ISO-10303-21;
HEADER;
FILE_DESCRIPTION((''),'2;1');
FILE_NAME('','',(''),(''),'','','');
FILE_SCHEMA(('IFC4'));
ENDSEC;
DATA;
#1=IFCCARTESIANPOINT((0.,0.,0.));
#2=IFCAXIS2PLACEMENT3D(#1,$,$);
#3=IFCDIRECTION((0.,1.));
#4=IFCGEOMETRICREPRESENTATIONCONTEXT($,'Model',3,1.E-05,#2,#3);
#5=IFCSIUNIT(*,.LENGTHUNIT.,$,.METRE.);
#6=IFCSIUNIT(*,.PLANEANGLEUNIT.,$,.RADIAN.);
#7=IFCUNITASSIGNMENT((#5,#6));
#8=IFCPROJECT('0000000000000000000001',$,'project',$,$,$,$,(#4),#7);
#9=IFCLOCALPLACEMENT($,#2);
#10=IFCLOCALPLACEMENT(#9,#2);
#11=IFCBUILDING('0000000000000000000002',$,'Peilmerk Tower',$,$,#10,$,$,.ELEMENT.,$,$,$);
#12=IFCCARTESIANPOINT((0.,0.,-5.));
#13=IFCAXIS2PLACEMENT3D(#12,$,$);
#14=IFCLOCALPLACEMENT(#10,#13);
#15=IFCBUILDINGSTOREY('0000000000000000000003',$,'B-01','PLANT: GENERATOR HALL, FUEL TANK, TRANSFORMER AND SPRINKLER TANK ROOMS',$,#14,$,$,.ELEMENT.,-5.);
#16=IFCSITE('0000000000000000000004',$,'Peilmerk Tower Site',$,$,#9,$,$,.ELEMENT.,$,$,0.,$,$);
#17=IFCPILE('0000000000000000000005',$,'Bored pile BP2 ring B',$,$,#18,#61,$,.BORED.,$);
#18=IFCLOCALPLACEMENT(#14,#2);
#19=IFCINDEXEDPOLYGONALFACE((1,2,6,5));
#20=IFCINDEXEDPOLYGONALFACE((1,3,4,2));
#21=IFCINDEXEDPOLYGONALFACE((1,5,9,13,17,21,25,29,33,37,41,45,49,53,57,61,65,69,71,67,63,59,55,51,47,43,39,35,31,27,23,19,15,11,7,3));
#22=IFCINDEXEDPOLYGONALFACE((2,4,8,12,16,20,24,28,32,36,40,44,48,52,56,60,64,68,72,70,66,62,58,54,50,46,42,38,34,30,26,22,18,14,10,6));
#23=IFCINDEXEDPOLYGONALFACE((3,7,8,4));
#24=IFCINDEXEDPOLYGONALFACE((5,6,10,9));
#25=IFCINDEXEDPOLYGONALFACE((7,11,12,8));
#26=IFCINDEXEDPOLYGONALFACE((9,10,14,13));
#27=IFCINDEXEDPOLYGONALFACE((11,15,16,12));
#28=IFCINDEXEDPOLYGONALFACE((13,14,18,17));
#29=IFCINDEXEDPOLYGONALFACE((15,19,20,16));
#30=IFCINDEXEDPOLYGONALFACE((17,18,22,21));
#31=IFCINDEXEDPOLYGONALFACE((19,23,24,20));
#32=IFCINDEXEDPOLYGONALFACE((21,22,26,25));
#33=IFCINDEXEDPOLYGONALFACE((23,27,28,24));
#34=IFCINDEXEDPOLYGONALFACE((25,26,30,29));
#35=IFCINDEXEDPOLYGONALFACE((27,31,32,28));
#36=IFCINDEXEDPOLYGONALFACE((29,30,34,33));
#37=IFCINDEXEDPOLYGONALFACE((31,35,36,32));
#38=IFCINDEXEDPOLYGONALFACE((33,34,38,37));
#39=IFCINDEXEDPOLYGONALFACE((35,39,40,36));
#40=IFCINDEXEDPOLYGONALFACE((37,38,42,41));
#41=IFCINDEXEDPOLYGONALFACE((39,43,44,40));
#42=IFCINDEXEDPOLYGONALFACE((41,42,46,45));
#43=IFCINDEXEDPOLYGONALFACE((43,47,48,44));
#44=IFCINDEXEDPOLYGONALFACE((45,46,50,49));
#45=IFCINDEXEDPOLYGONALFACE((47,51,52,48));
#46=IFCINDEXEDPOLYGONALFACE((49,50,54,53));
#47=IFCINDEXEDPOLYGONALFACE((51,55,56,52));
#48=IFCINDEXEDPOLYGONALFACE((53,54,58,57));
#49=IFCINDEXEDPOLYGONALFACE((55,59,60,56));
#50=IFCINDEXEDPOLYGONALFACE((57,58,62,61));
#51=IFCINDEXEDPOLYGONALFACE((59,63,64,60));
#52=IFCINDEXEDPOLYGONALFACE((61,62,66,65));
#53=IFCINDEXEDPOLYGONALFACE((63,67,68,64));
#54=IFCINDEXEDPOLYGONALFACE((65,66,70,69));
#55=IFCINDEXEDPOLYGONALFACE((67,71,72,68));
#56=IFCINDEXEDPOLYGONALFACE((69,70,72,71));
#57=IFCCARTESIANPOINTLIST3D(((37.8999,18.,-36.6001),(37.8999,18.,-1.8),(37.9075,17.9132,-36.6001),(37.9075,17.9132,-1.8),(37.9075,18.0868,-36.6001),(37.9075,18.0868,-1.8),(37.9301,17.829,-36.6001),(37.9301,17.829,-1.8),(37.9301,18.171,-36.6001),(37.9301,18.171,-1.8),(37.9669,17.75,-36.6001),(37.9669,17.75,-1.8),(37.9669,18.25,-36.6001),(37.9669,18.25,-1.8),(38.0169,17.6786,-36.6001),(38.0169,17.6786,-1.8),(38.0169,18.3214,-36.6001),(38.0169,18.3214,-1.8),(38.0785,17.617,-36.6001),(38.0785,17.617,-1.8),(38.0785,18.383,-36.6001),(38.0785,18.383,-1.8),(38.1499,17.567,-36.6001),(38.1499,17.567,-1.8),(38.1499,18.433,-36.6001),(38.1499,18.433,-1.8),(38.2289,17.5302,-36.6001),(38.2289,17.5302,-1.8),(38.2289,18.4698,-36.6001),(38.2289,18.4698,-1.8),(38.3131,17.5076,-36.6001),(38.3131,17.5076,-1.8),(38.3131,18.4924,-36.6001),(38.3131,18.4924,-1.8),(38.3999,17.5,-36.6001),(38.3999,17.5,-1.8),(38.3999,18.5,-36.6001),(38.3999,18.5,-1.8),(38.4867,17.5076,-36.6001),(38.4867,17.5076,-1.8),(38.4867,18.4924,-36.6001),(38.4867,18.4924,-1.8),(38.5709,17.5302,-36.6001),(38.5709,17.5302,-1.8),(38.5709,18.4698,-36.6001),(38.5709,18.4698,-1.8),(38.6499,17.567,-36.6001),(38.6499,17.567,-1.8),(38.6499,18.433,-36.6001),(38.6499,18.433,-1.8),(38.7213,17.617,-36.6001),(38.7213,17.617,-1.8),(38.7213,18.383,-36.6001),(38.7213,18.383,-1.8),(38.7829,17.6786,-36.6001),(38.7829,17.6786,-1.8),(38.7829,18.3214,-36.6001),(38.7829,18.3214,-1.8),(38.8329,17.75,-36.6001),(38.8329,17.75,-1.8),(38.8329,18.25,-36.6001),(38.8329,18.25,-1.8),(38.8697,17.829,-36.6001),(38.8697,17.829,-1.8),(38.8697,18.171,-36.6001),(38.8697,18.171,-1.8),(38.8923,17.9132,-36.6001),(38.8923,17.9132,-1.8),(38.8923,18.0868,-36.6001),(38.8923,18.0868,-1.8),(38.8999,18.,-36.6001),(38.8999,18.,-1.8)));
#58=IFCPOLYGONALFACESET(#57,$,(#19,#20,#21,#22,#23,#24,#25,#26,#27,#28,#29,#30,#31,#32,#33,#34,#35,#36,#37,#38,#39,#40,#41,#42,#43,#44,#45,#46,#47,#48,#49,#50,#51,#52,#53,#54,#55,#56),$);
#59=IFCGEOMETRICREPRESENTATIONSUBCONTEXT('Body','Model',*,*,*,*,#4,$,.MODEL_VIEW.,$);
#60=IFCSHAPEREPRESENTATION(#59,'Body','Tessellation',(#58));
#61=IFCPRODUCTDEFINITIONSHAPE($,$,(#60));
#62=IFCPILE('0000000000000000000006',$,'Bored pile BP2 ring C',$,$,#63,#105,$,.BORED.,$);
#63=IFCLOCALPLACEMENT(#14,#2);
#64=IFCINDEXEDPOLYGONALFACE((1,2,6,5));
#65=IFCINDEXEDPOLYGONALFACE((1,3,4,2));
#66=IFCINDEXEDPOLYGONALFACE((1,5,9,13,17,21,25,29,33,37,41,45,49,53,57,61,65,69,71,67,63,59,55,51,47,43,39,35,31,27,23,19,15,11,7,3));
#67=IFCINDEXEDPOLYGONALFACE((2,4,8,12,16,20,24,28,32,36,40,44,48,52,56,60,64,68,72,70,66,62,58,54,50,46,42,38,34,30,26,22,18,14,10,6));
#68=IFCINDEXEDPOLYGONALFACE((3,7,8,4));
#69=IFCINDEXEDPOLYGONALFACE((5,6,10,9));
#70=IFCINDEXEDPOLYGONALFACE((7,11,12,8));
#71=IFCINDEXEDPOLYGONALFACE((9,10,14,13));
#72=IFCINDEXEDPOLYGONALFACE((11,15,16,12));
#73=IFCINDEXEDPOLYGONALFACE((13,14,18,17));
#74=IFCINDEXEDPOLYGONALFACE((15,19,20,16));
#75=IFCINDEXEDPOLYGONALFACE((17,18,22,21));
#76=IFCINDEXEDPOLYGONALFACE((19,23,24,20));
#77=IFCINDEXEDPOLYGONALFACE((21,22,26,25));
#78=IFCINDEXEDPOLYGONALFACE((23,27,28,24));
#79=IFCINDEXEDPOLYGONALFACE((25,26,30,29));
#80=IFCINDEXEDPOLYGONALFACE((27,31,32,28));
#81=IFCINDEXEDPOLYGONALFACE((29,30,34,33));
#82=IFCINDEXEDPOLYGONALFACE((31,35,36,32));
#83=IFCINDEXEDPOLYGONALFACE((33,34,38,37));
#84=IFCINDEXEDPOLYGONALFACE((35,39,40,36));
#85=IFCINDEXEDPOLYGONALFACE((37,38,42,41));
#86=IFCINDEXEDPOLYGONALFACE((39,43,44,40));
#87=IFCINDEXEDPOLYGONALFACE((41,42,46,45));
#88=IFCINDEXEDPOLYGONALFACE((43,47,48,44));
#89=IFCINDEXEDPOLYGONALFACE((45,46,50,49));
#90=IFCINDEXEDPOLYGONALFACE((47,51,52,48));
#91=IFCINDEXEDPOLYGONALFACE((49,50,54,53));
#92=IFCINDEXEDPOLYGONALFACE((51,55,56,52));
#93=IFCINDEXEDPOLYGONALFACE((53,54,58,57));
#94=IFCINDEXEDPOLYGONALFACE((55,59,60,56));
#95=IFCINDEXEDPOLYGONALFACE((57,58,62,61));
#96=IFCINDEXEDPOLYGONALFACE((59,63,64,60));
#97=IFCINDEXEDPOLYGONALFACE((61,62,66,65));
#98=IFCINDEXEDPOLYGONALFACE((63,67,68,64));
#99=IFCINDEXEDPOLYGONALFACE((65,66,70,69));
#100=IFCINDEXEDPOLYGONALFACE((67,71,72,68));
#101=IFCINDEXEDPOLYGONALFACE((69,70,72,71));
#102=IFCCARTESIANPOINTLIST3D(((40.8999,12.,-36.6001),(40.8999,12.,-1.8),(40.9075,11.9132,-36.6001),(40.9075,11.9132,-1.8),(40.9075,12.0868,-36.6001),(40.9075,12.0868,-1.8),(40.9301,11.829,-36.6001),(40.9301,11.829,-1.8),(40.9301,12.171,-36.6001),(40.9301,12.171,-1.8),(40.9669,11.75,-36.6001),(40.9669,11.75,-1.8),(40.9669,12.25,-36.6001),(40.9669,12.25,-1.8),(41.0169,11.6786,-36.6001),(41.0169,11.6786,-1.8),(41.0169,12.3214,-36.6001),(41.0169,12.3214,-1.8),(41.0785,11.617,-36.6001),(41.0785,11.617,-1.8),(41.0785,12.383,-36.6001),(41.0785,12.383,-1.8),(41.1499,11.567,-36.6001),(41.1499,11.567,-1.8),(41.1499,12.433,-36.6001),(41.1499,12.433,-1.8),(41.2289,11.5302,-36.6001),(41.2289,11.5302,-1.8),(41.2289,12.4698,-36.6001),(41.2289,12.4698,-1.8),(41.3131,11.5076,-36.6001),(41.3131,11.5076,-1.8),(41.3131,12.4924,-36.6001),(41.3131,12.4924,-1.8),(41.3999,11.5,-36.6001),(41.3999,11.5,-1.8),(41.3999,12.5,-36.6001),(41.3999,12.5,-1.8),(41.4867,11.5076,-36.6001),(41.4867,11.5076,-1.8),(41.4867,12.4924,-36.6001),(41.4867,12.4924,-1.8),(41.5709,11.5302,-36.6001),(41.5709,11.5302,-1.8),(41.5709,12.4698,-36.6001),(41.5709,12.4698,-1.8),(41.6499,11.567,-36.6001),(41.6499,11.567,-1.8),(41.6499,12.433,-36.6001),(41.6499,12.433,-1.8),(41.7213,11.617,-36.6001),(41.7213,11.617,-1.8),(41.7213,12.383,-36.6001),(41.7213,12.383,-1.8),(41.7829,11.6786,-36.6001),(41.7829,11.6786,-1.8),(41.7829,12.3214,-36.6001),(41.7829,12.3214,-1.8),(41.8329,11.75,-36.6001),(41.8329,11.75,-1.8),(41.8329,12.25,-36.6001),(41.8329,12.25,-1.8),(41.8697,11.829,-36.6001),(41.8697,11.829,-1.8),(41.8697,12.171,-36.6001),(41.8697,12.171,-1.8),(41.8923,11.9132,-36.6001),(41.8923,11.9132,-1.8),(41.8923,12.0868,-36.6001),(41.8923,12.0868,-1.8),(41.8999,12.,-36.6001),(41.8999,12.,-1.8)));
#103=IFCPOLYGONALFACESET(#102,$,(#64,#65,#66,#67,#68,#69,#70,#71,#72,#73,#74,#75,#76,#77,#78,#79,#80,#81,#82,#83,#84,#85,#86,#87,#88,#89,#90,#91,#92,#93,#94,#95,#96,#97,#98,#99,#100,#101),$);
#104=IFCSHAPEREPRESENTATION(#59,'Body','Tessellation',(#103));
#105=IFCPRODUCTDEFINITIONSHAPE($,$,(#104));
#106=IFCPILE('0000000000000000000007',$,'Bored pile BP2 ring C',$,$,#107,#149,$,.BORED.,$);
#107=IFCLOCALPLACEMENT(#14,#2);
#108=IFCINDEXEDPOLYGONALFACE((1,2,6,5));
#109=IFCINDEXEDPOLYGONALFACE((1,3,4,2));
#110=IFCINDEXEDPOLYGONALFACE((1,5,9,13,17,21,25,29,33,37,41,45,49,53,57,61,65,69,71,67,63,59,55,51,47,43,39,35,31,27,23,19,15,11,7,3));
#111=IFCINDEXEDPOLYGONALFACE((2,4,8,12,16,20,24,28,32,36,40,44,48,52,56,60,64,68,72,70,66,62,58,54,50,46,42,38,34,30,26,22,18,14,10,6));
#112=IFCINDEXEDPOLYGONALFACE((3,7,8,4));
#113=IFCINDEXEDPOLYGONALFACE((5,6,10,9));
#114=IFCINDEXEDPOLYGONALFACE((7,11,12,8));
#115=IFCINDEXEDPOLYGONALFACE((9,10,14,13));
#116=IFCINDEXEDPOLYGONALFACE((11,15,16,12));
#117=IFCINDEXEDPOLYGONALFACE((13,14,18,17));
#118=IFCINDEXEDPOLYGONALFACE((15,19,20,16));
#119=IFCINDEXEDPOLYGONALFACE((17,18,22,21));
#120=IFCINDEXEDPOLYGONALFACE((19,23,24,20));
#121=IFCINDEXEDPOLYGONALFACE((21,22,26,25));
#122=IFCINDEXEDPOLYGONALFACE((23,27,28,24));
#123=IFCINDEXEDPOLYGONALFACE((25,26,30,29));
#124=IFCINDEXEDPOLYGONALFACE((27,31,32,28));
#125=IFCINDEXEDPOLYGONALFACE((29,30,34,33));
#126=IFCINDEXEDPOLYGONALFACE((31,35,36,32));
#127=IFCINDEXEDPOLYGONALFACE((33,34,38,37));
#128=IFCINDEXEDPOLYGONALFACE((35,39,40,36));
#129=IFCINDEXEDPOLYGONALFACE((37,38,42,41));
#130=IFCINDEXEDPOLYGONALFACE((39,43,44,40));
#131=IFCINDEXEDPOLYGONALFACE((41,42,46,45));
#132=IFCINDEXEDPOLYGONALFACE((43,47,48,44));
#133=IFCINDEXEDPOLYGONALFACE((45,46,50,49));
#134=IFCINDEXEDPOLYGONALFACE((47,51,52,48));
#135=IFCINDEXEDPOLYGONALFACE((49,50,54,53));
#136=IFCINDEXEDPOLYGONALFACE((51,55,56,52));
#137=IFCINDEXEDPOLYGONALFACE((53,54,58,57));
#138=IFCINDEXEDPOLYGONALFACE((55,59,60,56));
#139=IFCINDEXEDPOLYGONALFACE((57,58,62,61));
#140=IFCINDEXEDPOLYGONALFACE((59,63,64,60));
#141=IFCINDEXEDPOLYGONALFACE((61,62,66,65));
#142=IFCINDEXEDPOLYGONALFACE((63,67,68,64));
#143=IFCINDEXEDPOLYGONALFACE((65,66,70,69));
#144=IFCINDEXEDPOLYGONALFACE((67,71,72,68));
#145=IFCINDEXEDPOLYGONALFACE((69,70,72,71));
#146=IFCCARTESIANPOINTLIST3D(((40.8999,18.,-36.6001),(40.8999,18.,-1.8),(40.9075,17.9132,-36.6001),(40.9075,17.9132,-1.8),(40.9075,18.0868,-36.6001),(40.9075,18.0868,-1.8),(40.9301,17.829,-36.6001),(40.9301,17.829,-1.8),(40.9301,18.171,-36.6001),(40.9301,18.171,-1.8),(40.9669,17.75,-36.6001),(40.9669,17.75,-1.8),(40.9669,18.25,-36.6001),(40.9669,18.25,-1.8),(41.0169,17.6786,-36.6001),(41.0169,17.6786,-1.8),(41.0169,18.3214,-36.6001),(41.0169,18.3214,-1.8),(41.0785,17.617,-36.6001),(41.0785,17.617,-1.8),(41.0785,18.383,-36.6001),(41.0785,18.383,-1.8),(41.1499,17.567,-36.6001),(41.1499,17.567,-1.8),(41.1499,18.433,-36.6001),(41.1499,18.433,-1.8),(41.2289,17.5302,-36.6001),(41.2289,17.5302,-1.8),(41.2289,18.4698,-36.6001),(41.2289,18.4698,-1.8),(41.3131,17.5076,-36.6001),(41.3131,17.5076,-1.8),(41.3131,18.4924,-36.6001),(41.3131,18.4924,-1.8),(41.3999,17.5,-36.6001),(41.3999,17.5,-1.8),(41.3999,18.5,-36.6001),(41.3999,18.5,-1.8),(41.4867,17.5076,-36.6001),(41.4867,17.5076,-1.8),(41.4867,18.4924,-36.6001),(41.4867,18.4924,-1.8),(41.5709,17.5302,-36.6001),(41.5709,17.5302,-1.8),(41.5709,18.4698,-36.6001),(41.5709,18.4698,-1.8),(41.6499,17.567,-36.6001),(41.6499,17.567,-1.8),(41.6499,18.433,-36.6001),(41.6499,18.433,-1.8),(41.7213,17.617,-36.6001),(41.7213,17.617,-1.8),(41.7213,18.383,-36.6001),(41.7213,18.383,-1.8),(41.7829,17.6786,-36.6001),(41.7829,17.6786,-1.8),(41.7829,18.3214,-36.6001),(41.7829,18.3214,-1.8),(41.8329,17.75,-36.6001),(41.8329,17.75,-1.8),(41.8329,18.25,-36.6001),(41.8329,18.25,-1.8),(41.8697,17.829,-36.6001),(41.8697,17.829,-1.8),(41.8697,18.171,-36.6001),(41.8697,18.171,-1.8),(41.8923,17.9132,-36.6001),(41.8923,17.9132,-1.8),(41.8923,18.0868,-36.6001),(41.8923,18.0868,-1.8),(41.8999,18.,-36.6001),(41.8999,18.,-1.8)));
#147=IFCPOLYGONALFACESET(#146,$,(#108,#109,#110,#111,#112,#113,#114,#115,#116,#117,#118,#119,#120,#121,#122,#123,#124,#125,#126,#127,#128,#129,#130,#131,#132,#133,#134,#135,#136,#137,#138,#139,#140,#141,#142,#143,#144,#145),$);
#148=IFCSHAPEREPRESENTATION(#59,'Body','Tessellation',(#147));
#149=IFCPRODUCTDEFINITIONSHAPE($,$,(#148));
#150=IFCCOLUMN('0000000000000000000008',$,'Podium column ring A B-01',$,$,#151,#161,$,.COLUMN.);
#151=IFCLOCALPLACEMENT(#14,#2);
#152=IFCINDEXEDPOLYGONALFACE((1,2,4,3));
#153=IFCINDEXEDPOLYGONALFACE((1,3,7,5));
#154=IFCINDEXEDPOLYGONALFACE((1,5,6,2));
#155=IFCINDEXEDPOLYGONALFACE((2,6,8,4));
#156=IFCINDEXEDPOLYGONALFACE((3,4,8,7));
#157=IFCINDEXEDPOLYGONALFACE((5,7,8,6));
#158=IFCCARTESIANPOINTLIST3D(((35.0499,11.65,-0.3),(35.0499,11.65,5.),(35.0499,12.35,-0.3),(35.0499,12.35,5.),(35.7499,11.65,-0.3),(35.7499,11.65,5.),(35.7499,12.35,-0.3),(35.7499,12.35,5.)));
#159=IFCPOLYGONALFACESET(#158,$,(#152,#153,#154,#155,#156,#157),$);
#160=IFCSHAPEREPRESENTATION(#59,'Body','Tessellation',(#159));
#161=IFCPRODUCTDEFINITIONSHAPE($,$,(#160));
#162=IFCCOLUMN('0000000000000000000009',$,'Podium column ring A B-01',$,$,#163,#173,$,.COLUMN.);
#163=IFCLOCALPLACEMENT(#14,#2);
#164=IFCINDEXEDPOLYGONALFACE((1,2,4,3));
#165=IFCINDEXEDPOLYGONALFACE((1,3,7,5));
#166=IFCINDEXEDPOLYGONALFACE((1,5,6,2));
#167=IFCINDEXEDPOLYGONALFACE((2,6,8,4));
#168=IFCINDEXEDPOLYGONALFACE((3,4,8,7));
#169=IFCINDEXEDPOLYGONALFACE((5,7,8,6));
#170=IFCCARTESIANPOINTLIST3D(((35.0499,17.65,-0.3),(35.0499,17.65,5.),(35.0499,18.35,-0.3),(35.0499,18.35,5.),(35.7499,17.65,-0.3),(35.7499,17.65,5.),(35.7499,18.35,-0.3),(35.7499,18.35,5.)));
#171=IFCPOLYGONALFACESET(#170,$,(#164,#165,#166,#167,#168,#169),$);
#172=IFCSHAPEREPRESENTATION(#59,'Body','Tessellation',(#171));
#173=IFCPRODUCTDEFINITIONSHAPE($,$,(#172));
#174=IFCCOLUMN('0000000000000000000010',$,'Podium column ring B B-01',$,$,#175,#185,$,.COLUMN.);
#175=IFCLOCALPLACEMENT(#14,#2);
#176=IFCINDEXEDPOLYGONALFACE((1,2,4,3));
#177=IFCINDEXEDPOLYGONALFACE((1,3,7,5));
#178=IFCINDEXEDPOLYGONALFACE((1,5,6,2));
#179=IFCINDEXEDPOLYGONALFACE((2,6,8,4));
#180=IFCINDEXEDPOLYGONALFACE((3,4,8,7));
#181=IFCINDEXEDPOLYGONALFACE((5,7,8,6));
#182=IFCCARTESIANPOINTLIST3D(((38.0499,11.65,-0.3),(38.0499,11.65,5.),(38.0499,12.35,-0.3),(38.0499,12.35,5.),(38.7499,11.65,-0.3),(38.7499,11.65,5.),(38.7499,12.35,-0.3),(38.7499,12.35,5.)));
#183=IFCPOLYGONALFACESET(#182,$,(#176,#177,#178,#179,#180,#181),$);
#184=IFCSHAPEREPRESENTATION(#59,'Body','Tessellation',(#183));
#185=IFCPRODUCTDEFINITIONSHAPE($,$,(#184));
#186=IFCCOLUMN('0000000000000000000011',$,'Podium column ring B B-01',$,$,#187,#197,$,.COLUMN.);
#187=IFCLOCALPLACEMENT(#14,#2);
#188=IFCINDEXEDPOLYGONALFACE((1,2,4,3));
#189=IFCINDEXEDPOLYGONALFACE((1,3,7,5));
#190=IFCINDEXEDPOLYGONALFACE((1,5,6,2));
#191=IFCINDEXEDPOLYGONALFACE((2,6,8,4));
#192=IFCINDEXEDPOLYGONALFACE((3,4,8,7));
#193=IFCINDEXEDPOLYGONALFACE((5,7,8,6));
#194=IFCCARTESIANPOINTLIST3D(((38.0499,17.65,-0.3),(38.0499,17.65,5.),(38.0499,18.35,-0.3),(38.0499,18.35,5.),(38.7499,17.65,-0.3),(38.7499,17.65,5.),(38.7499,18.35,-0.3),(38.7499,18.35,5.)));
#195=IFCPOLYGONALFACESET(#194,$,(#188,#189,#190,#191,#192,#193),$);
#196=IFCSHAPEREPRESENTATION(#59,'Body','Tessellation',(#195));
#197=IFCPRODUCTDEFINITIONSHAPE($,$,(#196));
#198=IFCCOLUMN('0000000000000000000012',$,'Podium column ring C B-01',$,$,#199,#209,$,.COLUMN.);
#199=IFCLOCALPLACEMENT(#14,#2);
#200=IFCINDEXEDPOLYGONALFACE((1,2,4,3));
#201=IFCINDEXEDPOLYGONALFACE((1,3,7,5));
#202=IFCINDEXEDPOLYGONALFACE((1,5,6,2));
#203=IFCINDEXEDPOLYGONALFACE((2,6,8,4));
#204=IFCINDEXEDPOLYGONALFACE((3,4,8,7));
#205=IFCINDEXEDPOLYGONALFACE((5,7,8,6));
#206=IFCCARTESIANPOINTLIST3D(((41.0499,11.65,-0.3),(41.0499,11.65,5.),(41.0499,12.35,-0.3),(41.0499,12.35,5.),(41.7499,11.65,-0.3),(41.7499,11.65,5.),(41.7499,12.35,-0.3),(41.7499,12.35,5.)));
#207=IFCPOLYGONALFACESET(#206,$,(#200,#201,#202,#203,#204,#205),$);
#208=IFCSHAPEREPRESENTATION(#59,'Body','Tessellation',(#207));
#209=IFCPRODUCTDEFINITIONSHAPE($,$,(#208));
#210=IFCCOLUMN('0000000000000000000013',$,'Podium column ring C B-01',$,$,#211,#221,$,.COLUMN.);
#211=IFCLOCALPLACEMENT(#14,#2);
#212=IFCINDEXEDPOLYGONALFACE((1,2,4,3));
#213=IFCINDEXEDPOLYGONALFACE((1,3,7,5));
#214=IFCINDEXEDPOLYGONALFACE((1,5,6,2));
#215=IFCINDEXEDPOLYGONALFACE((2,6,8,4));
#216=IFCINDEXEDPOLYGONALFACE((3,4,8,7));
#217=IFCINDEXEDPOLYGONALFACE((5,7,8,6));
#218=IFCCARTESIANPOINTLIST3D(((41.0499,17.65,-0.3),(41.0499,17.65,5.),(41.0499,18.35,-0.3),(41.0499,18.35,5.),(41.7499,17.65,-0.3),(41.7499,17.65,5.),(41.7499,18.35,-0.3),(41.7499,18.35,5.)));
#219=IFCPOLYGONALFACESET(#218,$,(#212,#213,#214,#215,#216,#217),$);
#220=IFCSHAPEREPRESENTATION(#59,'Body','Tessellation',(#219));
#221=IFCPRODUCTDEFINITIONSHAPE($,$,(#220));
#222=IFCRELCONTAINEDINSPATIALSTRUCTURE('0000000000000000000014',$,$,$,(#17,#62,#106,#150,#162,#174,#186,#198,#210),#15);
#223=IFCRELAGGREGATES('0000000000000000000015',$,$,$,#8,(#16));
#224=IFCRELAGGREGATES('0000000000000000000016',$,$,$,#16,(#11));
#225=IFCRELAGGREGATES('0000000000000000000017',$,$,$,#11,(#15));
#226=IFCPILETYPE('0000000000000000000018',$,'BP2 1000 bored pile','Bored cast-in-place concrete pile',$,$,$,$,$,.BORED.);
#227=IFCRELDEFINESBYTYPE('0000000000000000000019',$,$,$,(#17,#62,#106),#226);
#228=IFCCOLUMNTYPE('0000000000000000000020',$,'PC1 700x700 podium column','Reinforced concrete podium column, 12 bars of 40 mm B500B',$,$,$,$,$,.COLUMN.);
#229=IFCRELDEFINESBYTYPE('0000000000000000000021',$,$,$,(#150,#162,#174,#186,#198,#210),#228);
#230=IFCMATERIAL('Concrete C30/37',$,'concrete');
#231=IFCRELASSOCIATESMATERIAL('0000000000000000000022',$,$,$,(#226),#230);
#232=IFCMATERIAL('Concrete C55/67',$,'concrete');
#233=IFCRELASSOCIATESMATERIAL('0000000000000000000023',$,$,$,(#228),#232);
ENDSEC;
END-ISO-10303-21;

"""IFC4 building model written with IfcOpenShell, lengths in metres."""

from ifc_helpers import new_model, si_unit, direction, frame, origin, origin_2d, place, context, subcontext, project, spatial, rectangle, circle, extrude, material, material_profile, profile_set, type_object, element, save


model = new_model("IFC4")

# Units and contexts
model_context = context("Model", 3, precision=1e-05, world=origin(), true_north=direction((0.0, 1.0)))
body_context = subcontext(model_context, "Body", "Model", "MODEL_VIEW")
ifc_project = project(units=[si_unit("LENGTHUNIT", "METRE"), si_unit("PLANEANGLEUNIT", "RADIAN")], contexts=[model_context])

# Site, building, storey
site_placement = place(None, origin())
site = spatial("IfcSite", under=ifc_project, at=site_placement, Name="Peilmerk Tower Site", CompositionType="ELEMENT", RefElevation=0.0)
building_placement = place(site_placement, origin())
building = spatial("IfcBuilding", under=site, at=building_placement, Name="Peilmerk Tower", CompositionType="ELEMENT")
storey_placement = place(building_placement, frame((0.0, 0.0, -5.0)))
storey = spatial("IfcBuildingStorey", under=building, at=storey_placement, Name="B-01", Description="PLANT: GENERATOR HALL, FUEL TANK, TRANSFORMER AND SPRINKLER TANK ROOMS", CompositionType="ELEMENT", Elevation=-5.0)

# Piles
ifc_material_1 = material(Name="Concrete C30/37", Category="concrete")
ifc_material_profile_1 = material_profile(ifc_material_1, circle(Radius=0.5, at=origin_2d()), Name="BP 1000")
ifc_profile_set_1 = profile_set([ifc_material_profile_1], Name="Concrete C30/37")
pile_type_1 = type_object("IfcPileType", Name="BP2 1000 bored pile", Description="Bored cast-in-place concrete pile", PredefinedType="BORED", material=ifc_profile_set_1)
for number, where, z_axis, x_axis, name in (
    (1, (38.3999, 18.0, -1.8), (0.0, 0.0, -1.0), (1.0, 0.0, 0.0), "Bored pile BP2 ring B"),
    (2, (41.3999, 12.0, -1.8), (0.0, 0.0, -1.0), (1.0, 0.0, 0.0), "Bored pile BP2 ring C"),
    (3, (41.3999, 18.0, -1.8), (0.0, 0.0, -1.0), (1.0, 0.0, 0.0), "Bored pile BP2 ring C"),
):
    element("IfcPile", number, at=place(storey_placement, frame(where, z_axis=z_axis, x_axis=x_axis)), inside=storey, type_object=pile_type_1, Name=name, PredefinedType="BORED", context=body_context, shape_type="SweptSolid", body=[
        extrude(circle(Radius=0.5, at=origin_2d()), origin(), (0.0, 0.0, 1.0), 34.8),
    ])

# Columns
ifc_material_2 = material(Name="Concrete C55/67", Category="concrete")
ifc_material_profile_2 = material_profile(ifc_material_2, rectangle(XDim=0.7, YDim=0.7, at=origin_2d()), Name="RC 700x700")
ifc_profile_set_2 = profile_set([ifc_material_profile_2], Name="Concrete C55/67")
column_type_1 = type_object("IfcColumnType", Name="PC1 700x700 podium column", Description="Reinforced concrete podium column, 12 bars of 40 mm B500B", PredefinedType="COLUMN", material=ifc_profile_set_2)
for number, where, z_axis, x_axis, name in (
    (4, (35.3999, 12.0, -0.3), (0.0, 0.0, 1.0), (1.0, 0.0, 0.0), "Podium column ring A B-01"),
    (5, (35.3999, 18.0, -0.3), (0.0, 0.0, 1.0), (1.0, 0.0, 0.0), "Podium column ring A B-01"),
    (6, (38.3999, 12.0, -0.3), (0.0, 0.0, 1.0), (1.0, 0.0, 0.0), "Podium column ring B B-01"),
    (7, (38.3999, 18.0, -0.3), (0.0, 0.0, 1.0), (1.0, 0.0, 0.0), "Podium column ring B B-01"),
    (8, (41.3999, 12.0, -0.3), (0.0, 0.0, 1.0), (1.0, 0.0, 0.0), "Podium column ring C B-01"),
    (9, (41.3999, 18.0, -0.3), (0.0, 0.0, 1.0), (1.0, 0.0, 0.0), "Podium column ring C B-01"),
):
    element("IfcColumn", number, at=place(storey_placement, frame(where, z_axis=z_axis, x_axis=x_axis)), inside=storey, type_object=column_type_1, Name=name, PredefinedType="COLUMN", context=body_context, shape_type="SweptSolid", body=[
        extrude(rectangle(XDim=0.7, YDim=0.7, at=origin_2d()), origin(), (0.0, 0.0, 1.0), 5.3),
    ])

save(model, "model.ifc")
